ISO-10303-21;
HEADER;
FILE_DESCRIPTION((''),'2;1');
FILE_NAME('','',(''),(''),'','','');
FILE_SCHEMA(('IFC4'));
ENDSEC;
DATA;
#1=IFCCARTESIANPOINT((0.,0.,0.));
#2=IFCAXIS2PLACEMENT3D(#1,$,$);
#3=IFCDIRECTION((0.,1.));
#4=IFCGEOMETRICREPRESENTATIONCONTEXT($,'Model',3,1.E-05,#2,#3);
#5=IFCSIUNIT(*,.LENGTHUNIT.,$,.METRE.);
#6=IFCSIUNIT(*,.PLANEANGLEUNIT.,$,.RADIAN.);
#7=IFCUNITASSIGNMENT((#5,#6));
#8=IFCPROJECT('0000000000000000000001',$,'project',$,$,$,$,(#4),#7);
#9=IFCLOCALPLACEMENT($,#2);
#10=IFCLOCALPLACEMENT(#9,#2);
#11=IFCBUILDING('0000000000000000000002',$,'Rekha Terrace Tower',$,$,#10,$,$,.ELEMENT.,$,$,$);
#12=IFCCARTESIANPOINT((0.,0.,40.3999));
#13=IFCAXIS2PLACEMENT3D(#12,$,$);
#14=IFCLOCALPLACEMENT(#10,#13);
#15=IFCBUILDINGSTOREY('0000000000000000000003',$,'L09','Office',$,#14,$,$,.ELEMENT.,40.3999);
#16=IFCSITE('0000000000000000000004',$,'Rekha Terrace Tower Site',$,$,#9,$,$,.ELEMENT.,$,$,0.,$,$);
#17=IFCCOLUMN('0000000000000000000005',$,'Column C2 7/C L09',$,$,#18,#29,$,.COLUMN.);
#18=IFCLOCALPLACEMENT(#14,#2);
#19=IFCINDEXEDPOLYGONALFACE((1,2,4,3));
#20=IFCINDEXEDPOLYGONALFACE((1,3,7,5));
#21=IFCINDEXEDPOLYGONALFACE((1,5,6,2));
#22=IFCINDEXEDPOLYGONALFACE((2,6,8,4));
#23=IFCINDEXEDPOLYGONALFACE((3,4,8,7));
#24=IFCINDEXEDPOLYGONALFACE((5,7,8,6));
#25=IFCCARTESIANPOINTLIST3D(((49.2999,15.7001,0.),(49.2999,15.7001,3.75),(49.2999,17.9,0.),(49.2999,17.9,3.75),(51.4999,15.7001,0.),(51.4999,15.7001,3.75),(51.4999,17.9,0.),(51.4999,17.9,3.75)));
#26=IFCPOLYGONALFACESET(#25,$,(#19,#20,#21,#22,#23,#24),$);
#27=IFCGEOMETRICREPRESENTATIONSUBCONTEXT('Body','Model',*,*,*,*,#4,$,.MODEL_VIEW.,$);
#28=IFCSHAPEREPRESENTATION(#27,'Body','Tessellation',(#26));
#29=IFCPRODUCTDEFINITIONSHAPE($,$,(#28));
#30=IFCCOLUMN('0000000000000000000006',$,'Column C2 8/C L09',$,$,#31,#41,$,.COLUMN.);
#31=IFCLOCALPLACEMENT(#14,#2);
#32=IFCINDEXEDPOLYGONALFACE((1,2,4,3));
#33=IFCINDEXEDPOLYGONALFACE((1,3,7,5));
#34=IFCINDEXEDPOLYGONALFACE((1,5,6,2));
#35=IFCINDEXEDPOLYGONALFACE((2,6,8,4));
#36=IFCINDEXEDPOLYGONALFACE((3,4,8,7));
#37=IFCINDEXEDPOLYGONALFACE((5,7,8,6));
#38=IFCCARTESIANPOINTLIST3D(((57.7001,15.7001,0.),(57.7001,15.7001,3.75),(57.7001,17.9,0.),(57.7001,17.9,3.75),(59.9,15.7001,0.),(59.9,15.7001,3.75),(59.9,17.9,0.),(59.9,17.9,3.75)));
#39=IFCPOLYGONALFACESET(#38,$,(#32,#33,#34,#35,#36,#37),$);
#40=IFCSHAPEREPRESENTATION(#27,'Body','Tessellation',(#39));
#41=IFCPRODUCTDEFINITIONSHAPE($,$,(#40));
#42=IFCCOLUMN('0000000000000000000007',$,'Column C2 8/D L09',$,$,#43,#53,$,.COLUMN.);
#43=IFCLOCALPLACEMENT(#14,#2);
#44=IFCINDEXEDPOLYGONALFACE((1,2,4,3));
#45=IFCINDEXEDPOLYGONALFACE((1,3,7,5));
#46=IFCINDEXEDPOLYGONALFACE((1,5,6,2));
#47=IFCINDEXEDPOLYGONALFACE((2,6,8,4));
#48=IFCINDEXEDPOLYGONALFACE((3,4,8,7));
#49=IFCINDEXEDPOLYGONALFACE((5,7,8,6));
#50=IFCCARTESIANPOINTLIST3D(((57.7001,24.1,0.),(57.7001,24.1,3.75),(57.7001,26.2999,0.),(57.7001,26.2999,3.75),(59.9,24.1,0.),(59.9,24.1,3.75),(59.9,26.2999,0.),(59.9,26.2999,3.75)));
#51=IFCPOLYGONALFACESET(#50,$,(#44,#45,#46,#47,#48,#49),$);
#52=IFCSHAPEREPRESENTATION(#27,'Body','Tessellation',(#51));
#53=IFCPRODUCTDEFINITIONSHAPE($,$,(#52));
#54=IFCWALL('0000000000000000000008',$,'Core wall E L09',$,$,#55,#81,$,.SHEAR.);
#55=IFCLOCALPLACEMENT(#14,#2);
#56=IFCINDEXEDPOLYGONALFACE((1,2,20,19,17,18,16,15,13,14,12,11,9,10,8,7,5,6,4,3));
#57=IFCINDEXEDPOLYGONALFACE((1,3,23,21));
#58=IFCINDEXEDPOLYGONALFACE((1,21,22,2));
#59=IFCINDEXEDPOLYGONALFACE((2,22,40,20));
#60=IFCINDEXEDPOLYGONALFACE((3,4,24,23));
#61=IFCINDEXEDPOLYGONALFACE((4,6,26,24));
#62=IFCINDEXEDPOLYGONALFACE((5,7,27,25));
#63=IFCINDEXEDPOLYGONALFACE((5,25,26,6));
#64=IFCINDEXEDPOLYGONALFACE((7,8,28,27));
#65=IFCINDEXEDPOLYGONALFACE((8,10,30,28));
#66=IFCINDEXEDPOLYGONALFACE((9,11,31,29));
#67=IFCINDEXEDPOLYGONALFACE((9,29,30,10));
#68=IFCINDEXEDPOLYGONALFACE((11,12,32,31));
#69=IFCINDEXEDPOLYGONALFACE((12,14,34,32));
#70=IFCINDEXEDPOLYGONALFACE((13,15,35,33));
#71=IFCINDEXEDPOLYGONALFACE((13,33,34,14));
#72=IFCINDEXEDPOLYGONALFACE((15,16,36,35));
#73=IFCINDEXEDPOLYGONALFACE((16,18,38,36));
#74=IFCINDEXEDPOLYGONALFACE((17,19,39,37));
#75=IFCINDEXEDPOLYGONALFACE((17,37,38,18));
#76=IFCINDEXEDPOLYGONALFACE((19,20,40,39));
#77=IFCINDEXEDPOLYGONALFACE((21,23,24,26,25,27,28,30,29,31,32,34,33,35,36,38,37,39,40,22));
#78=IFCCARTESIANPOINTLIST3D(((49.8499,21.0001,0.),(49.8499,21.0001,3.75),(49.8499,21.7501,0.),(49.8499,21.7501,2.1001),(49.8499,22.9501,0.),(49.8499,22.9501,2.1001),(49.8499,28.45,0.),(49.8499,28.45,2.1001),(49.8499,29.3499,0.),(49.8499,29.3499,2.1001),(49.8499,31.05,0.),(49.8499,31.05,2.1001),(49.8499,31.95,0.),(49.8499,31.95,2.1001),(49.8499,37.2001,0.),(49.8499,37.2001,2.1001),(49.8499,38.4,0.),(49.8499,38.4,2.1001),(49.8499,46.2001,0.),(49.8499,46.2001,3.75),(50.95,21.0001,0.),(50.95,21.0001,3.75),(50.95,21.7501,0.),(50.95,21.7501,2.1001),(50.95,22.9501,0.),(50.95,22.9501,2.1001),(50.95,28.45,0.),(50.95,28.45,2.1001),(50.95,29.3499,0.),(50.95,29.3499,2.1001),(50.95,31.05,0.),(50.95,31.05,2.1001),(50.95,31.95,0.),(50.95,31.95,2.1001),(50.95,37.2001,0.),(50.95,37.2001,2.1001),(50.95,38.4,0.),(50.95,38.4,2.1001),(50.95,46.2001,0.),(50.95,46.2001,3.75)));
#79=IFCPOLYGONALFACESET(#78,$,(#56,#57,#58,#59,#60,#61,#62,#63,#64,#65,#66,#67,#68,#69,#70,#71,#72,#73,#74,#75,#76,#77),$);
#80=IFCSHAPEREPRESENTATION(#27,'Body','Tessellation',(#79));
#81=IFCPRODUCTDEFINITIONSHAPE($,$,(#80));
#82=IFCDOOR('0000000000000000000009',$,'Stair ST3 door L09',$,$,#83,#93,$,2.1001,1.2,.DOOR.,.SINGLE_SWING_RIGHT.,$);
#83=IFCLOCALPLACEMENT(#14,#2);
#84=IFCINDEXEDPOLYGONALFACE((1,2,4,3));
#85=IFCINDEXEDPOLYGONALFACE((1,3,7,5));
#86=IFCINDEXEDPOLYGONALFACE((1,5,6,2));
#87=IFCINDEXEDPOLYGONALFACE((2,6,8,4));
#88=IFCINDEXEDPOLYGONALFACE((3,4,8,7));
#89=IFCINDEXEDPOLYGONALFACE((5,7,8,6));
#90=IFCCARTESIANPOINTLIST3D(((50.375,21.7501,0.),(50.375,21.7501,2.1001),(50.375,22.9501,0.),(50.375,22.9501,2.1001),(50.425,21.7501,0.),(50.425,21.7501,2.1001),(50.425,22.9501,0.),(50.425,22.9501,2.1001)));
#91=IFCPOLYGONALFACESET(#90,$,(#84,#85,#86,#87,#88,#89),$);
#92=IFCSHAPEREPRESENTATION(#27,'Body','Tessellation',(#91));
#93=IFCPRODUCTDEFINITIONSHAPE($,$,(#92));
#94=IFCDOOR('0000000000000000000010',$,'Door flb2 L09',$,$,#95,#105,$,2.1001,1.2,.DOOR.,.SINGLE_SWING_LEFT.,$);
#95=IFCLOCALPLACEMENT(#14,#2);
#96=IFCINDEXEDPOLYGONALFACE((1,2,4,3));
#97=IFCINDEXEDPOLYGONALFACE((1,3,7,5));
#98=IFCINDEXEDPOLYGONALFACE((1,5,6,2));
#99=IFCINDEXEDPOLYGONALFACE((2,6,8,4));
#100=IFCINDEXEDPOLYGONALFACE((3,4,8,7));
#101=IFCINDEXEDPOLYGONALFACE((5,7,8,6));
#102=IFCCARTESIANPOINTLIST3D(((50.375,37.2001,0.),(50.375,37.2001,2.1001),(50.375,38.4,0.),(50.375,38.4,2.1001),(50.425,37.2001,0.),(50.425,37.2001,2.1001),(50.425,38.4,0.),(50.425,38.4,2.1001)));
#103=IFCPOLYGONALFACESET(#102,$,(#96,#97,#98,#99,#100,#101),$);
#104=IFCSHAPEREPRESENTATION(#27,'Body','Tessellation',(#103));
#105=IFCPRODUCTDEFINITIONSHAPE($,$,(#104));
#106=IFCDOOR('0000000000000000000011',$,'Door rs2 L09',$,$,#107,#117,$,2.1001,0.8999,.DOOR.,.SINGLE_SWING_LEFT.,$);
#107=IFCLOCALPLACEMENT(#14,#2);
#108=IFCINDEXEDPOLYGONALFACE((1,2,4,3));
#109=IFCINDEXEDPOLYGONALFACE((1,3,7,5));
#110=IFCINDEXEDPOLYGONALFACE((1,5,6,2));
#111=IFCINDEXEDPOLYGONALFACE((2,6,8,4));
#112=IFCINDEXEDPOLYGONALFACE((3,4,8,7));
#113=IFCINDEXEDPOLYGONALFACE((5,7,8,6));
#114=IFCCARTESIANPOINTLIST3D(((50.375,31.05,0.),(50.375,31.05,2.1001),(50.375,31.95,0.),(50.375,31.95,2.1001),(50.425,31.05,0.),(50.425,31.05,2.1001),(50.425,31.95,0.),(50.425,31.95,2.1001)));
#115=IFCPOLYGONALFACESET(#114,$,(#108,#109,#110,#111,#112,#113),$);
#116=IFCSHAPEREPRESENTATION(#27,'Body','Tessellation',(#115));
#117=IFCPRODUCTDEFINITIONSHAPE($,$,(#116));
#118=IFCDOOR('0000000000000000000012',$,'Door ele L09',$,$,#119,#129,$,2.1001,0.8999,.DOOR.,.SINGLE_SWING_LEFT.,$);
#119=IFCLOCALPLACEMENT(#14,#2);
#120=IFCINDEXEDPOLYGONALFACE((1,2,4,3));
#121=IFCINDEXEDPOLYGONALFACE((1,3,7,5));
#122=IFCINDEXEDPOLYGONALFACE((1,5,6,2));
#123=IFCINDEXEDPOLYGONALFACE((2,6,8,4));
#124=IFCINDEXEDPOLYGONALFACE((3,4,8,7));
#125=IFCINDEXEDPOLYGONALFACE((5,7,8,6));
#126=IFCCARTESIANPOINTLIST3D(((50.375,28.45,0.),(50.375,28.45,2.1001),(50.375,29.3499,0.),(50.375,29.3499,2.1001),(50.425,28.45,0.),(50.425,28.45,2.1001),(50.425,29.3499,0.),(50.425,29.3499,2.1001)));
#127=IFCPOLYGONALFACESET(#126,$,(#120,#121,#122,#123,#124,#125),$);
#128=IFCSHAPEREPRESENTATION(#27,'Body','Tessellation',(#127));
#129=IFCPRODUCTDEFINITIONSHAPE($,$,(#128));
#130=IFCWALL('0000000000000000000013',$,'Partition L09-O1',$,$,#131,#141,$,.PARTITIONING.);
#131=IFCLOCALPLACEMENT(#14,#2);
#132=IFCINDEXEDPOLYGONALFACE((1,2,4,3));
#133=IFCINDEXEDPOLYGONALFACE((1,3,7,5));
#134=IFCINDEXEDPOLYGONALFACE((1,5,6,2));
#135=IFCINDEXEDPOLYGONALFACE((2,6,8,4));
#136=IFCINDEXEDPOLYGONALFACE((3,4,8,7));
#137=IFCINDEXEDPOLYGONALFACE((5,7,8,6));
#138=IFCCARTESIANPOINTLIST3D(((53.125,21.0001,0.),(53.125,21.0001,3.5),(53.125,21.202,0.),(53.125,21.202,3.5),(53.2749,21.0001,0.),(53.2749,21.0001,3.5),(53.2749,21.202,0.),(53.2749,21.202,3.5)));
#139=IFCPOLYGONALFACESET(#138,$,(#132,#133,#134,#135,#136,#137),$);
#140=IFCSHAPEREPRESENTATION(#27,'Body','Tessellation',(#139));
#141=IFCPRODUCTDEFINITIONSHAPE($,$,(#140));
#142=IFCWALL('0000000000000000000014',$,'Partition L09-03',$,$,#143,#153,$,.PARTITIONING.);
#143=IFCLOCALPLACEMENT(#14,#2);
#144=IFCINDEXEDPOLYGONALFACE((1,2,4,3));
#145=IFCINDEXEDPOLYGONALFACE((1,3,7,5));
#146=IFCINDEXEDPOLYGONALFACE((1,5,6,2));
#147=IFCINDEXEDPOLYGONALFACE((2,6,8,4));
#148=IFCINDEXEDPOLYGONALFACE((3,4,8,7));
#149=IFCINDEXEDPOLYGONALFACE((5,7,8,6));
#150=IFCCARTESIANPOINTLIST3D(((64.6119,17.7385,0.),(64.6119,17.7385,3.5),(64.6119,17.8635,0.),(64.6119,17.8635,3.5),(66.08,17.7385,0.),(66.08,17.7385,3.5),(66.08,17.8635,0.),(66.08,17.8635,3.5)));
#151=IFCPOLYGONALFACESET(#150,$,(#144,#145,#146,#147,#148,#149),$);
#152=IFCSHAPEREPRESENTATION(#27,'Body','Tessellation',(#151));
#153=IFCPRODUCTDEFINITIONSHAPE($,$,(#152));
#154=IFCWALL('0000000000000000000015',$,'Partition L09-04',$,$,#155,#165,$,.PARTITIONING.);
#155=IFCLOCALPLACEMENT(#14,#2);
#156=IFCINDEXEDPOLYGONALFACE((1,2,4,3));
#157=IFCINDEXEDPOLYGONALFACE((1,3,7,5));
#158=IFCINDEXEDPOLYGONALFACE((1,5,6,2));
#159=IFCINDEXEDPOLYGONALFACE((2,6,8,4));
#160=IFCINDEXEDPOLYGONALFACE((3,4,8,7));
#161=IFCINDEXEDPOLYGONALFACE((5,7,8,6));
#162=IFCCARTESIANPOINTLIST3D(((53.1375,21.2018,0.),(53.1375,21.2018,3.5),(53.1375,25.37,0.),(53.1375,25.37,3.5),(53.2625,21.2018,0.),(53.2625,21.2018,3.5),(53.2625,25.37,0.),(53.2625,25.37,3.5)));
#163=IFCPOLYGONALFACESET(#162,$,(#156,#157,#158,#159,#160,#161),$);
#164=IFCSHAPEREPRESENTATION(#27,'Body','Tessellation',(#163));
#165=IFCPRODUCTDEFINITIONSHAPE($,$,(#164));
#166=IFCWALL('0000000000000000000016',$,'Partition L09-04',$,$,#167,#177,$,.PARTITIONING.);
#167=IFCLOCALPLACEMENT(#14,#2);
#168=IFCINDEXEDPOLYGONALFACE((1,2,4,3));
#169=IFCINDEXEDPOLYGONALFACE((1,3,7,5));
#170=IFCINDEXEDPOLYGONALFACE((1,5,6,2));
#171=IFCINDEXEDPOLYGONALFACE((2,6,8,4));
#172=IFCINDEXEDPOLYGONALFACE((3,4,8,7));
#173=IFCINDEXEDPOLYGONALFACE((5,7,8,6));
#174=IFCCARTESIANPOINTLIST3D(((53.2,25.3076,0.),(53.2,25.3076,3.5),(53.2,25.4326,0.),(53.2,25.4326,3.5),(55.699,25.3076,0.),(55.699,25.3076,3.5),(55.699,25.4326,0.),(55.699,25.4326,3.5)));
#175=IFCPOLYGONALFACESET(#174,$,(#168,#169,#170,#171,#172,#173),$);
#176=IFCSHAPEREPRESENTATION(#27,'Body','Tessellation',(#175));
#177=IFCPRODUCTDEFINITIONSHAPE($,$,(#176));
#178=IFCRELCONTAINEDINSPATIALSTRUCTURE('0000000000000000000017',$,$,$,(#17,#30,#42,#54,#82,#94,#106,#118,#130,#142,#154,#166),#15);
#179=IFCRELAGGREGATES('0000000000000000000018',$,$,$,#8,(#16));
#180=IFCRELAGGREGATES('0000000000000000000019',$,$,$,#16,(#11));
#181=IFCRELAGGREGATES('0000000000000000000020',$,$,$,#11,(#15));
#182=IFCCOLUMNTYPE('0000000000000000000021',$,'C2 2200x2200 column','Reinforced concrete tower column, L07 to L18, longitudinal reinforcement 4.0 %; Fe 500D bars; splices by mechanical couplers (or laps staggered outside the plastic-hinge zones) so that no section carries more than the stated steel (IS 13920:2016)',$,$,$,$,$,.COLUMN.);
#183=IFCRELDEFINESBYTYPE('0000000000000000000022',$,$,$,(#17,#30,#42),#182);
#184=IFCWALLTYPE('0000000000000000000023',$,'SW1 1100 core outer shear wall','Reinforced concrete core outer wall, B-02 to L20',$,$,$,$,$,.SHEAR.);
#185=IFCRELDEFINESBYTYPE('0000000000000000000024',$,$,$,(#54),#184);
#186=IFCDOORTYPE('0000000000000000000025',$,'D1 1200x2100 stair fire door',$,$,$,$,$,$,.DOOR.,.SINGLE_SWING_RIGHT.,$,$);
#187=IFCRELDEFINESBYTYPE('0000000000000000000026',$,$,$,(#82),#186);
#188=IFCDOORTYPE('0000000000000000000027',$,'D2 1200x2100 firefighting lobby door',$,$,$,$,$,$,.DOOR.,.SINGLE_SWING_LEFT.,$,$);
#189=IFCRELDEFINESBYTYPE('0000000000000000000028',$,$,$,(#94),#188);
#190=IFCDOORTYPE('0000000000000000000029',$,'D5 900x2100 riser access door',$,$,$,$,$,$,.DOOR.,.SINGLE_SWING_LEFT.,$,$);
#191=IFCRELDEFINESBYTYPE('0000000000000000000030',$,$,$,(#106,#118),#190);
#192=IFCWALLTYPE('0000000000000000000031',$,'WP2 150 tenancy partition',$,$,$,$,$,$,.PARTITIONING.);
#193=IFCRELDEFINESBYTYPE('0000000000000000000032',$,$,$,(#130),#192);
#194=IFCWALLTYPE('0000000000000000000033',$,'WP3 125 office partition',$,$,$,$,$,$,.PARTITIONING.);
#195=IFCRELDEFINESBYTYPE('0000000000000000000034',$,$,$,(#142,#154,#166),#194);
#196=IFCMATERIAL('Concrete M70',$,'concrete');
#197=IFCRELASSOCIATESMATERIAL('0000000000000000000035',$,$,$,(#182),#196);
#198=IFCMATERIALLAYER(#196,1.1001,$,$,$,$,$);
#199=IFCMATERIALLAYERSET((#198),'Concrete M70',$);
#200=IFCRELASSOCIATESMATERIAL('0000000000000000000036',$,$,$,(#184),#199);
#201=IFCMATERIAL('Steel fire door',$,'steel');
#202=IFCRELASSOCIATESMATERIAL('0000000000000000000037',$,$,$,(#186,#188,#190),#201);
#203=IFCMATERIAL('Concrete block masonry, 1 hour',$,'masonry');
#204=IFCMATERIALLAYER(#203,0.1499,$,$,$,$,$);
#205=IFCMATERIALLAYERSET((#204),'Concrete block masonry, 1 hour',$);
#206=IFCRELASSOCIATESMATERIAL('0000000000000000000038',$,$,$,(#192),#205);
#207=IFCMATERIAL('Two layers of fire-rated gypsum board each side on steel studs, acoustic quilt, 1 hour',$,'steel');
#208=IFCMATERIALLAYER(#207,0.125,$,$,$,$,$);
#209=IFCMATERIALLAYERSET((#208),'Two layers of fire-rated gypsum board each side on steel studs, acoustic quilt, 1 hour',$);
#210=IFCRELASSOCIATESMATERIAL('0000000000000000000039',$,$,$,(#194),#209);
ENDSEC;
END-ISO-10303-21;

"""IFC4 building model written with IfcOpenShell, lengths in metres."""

from ifc_helpers import new_model, si_unit, direction, frame, frame_2d, origin, origin_2d, place, context, subcontext, project, spatial, rectangle, extrude, material, layer, layer_set, material_profile, profile_set, type_object, element, fill, save


model = new_model("IFC4")

# Units and contexts
model_context = context("Model", 3, precision=1e-05, world=origin(), true_north=direction((0.0, 1.0)))
body_context = subcontext(model_context, "Body", "Model", "MODEL_VIEW")
ifc_project = project(units=[si_unit("LENGTHUNIT", "METRE"), si_unit("PLANEANGLEUNIT", "RADIAN")], contexts=[model_context])

# Site, building, storey
site_placement = place(None, origin())
site = spatial("IfcSite", under=ifc_project, at=site_placement, Name="Rekha Terrace Tower Site", CompositionType="ELEMENT", RefElevation=0.0)
building_placement = place(site_placement, origin())
building = spatial("IfcBuilding", under=site, at=building_placement, Name="Rekha Terrace Tower", CompositionType="ELEMENT")
storey_placement = place(building_placement, frame((0.0, 0.0, 40.3999)))
storey = spatial("IfcBuildingStorey", under=building, at=storey_placement, Name="L09", Description="Office", CompositionType="ELEMENT", Elevation=40.3999)

# Columns
ifc_material_1 = material(Name="Concrete M70", Category="concrete")
ifc_material_profile = material_profile(ifc_material_1, rectangle(XDim=2.2, YDim=2.2, at=origin_2d()), Name="RC 2200x2200")
ifc_profile_set = profile_set([ifc_material_profile], Name="Concrete M70")
column_type = type_object("IfcColumnType", Name="C2 2200x2200 column", Description="Reinforced concrete tower column, L07 to L18, longitudinal reinforcement 4.0 %; Fe 500D bars; splices by mechanical couplers (or laps staggered outside the plastic-hinge zones) so that no section carries more than the stated steel (IS 13920:2016)", PredefinedType="COLUMN", material=ifc_profile_set)
for number, where, z_axis, x_axis, name in (
    (1, (50.3999, 16.8, 0.0), (0.0, 0.0, 1.0), (1.0, 0.0, 0.0), "Column C2 7/C L09"),
    (2, (58.8, 16.8, 0.0), (0.0, 0.0, 1.0), (1.0, 0.0, 0.0), "Column C2 8/C L09"),
    (3, (58.8, 25.2, 0.0), (0.0, 0.0, 1.0), (1.0, 0.0, 0.0), "Column C2 8/D L09"),
):
    element("IfcColumn", number, at=place(storey_placement, frame(where, z_axis=z_axis, x_axis=x_axis)), inside=storey, type_object=column_type, Name=name, PredefinedType="COLUMN", context=body_context, shape_type="SweptSolid", body=[
        extrude(rectangle(XDim=2.2, YDim=2.2, at=origin_2d()), origin(), (0.0, 0.0, 1.0), 3.75),
    ])

# Wall, openings, doors
ifc_layer_1 = layer(ifc_material_1, 1.1001)
ifc_layer_set_1 = layer_set([ifc_layer_1], Name="Concrete M70")
wall_type_1 = type_object("IfcWallType", Name="SW1 1100 core outer shear wall", Description="Reinforced concrete core outer wall, B-02 to L20", PredefinedType="SHEAR", material=ifc_layer_set_1)
wall_1_placement = place(storey_placement, frame((50.3999, 21.0, 0.0), z_axis=(0.0, 0.0, 1.0), x_axis=(0.0, 1.0, 0.0)))
wall_1 = element("IfcWall", 4, at=wall_1_placement, inside=storey, type_object=wall_type_1, Name="Core wall E L09", PredefinedType="SHEAR", context=body_context, shape_type="SweptSolid", body=[
    extrude(rectangle(XDim=25.2, YDim=1.1001, at=frame_2d((12.6001, 0.0))), origin(), (0.0, 0.0, 1.0), 3.75),
])
opening_1_placement = place(wall_1_placement, frame((16.2, 0.0, 0.0)))
opening_1 = element("IfcOpeningElement", 5, at=opening_1_placement, cuts=wall_1, PredefinedType="OPENING", context=body_context, shape_type="SweptSolid", body=[
    extrude(rectangle(XDim=1.2, YDim=2.1001, at=frame_2d((0.6001, 1.05))), frame((0.0, 0.5601, 0.0), z_axis=(0.0, -1.0, 0.0), x_axis=(1.0, 0.0, 0.0)), (0.0, 0.0, 1.0), 1.1201),
])
opening_2_placement = place(wall_1_placement, frame((10.05, 0.0, 0.0)))
opening_2 = element("IfcOpeningElement", 6, at=opening_2_placement, cuts=wall_1, PredefinedType="OPENING", context=body_context, shape_type="SweptSolid", body=[
    extrude(rectangle(XDim=0.8999, YDim=2.1001, at=frame_2d((0.45, 1.05))), frame((0.0, 0.5601, 0.0), z_axis=(0.0, -1.0, 0.0), x_axis=(1.0, 0.0, 0.0)), (0.0, 0.0, 1.0), 1.1201),
])
opening_3_placement = place(wall_1_placement, frame((7.45, 0.0, 0.0)))
opening_3 = element("IfcOpeningElement", 7, at=opening_3_placement, cuts=wall_1, PredefinedType="OPENING", context=body_context, shape_type="SweptSolid", body=[
    extrude(rectangle(XDim=0.8999, YDim=2.1001, at=frame_2d((0.45, 1.05))), frame((0.0, 0.5601, 0.0), z_axis=(0.0, -1.0, 0.0), x_axis=(1.0, 0.0, 0.0)), (0.0, 0.0, 1.0), 1.1201),
])
opening_4_placement = place(wall_1_placement, frame((0.75, 0.0, 0.0)))
opening_4 = element("IfcOpeningElement", 8, at=opening_4_placement, cuts=wall_1, PredefinedType="OPENING", context=body_context, shape_type="SweptSolid", body=[
    extrude(rectangle(XDim=1.2, YDim=2.1001, at=frame_2d((0.6001, 1.05))), frame((0.0, 0.5601, 0.0), z_axis=(0.0, -1.0, 0.0), x_axis=(1.0, 0.0, 0.0)), (0.0, 0.0, 1.0), 1.1201),
])
ifc_material_2 = material(Name="Steel fire door", Category="steel")
door_type_1 = type_object("IfcDoorType", Name="D1 1200x2100 stair fire door", OperationType="SINGLE_SWING_RIGHT", PredefinedType="DOOR", material=ifc_material_2)
door_1_placement = place(opening_4_placement, origin())
door_1 = element("IfcDoor", 9, at=door_1_placement, inside=storey, type_object=door_type_1, Name="Stair ST3 door L09", OperationType="SINGLE_SWING_RIGHT", OverallHeight=2.1001, OverallWidth=1.2, PredefinedType="DOOR", context=body_context, shape_type="SweptSolid", body=[
    extrude(rectangle(XDim=1.2, YDim=2.1001, at=frame_2d((0.6001, 1.05))), frame((0.0, 0.0249, 0.0), z_axis=(0.0, -1.0, 0.0), x_axis=(1.0, 0.0, 0.0)), (0.0, 0.0, 1.0), 0.05),
])
fill(opening_4, door_1)
door_type_2 = type_object("IfcDoorType", Name="D2 1200x2100 firefighting lobby door", OperationType="SINGLE_SWING_LEFT", PredefinedType="DOOR", material=ifc_material_2)
door_2_placement = place(opening_1_placement, origin())
door_2 = element("IfcDoor", 10, at=door_2_placement, inside=storey, type_object=door_type_2, Name="Door flb2 L09", OperationType="SINGLE_SWING_LEFT", OverallHeight=2.1001, OverallWidth=1.2, PredefinedType="DOOR", context=body_context, shape_type="SweptSolid", body=[
    extrude(rectangle(XDim=1.2, YDim=2.1001, at=frame_2d((0.6001, 1.05))), frame((0.0, 0.0249, 0.0), z_axis=(0.0, -1.0, 0.0), x_axis=(1.0, 0.0, 0.0)), (0.0, 0.0, 1.0), 0.05),
])
fill(opening_1, door_2)
door_type_3 = type_object("IfcDoorType", Name="D5 900x2100 riser access door", OperationType="SINGLE_SWING_LEFT", PredefinedType="DOOR", material=ifc_material_2)
door_3_placement = place(opening_2_placement, origin())
door_3 = element("IfcDoor", 11, at=door_3_placement, inside=storey, type_object=door_type_3, Name="Door rs2 L09", OperationType="SINGLE_SWING_LEFT", OverallHeight=2.1001, OverallWidth=0.8999, PredefinedType="DOOR", context=body_context, shape_type="SweptSolid", body=[
    extrude(rectangle(XDim=0.8999, YDim=2.1001, at=frame_2d((0.45, 1.05))), frame((0.0, 0.0249, 0.0), z_axis=(0.0, -1.0, 0.0), x_axis=(1.0, 0.0, 0.0)), (0.0, 0.0, 1.0), 0.05),
])
fill(opening_2, door_3)
door_4_placement = place(opening_3_placement, origin())
door_4 = element("IfcDoor", 12, at=door_4_placement, inside=storey, type_object=door_type_3, Name="Door ele L09", OperationType="SINGLE_SWING_LEFT", OverallHeight=2.1001, OverallWidth=0.8999, PredefinedType="DOOR", context=body_context, shape_type="SweptSolid", body=[
    extrude(rectangle(XDim=0.8999, YDim=2.1001, at=frame_2d((0.45, 1.05))), frame((0.0, 0.0249, 0.0), z_axis=(0.0, -1.0, 0.0), x_axis=(1.0, 0.0, 0.0)), (0.0, 0.0, 1.0), 0.05),
])
fill(opening_3, door_4)

# Walls
ifc_material_3 = material(Name="Concrete block masonry, 1 hour", Category="masonry")
ifc_layer_2 = layer(ifc_material_3, 0.1499)
ifc_layer_set_2 = layer_set([ifc_layer_2], Name="Concrete block masonry, 1 hour")
wall_type_2 = type_object("IfcWallType", Name="WP2 150 tenancy partition", PredefinedType="PARTITIONING", material=ifc_layer_set_2)
wall_2_placement = place(storey_placement, frame((53.2, 21.0, 0.0), z_axis=(0.0, 0.0, 1.0), x_axis=(0.0, 1.0, 0.0)))
element("IfcWall", 13, at=wall_2_placement, inside=storey, type_object=wall_type_2, Name="Partition L09-O1", PredefinedType="PARTITIONING", context=body_context, shape_type="SweptSolid", body=[
    extrude(rectangle(XDim=0.2019, YDim=0.1499, at=frame_2d((0.1011, 0.0))), origin(), (0.0, 0.0, 1.0), 3.5),
])
ifc_material_4 = material(Name="Two layers of fire-rated gypsum board each side on steel studs, acoustic quilt, 1 hour", Category="steel")
ifc_layer_3 = layer(ifc_material_4, 0.125)
ifc_layer_set_3 = layer_set([ifc_layer_3], Name="Two layers of fire-rated gypsum board each side on steel studs, acoustic quilt, 1 hour")
wall_type_3 = type_object("IfcWallType", Name="WP3 125 office partition", PredefinedType="PARTITIONING", material=ifc_layer_set_3)
wall_3_placement = place(storey_placement, frame((64.6121, 17.801, 0.0), z_axis=(0.0, 0.0, 1.0), x_axis=(1.0, 0.0, 0.0)))
element("IfcWall", 14, at=wall_3_placement, inside=storey, type_object=wall_type_3, Name="Partition L09-03", PredefinedType="PARTITIONING", context=body_context, shape_type="SweptSolid", body=[
    extrude(rectangle(XDim=1.468, YDim=0.125, at=frame_2d((0.7339, 0.0))), origin(), (0.0, 0.0, 1.0), 3.5),
])
wall_4_placement = place(storey_placement, frame((53.2, 21.2019, 0.0), z_axis=(0.0, 0.0, 1.0), x_axis=(0.0, 1.0, 0.0)))
element("IfcWall", 15, at=wall_4_placement, inside=storey, type_object=wall_type_3, Name="Partition L09-04", PredefinedType="PARTITIONING", context=body_context, shape_type="SweptSolid", body=[
    extrude(rectangle(XDim=4.1682, YDim=0.125, at=frame_2d((2.084, 0.0))), origin(), (0.0, 0.0, 1.0), 3.5),
])
wall_5_placement = place(storey_placement, frame((53.2, 25.3701, 0.0), z_axis=(0.0, 0.0, 1.0), x_axis=(1.0, 0.0, 0.0)))
element("IfcWall", 16, at=wall_5_placement, inside=storey, type_object=wall_type_3, Name="Partition L09-04", PredefinedType="PARTITIONING", context=body_context, shape_type="SweptSolid", body=[
    extrude(rectangle(XDim=2.499, YDim=0.125, at=frame_2d((1.2495, 0.0))), origin(), (0.0, 0.0, 1.0), 3.5),
])

save(model, "model.ifc")
